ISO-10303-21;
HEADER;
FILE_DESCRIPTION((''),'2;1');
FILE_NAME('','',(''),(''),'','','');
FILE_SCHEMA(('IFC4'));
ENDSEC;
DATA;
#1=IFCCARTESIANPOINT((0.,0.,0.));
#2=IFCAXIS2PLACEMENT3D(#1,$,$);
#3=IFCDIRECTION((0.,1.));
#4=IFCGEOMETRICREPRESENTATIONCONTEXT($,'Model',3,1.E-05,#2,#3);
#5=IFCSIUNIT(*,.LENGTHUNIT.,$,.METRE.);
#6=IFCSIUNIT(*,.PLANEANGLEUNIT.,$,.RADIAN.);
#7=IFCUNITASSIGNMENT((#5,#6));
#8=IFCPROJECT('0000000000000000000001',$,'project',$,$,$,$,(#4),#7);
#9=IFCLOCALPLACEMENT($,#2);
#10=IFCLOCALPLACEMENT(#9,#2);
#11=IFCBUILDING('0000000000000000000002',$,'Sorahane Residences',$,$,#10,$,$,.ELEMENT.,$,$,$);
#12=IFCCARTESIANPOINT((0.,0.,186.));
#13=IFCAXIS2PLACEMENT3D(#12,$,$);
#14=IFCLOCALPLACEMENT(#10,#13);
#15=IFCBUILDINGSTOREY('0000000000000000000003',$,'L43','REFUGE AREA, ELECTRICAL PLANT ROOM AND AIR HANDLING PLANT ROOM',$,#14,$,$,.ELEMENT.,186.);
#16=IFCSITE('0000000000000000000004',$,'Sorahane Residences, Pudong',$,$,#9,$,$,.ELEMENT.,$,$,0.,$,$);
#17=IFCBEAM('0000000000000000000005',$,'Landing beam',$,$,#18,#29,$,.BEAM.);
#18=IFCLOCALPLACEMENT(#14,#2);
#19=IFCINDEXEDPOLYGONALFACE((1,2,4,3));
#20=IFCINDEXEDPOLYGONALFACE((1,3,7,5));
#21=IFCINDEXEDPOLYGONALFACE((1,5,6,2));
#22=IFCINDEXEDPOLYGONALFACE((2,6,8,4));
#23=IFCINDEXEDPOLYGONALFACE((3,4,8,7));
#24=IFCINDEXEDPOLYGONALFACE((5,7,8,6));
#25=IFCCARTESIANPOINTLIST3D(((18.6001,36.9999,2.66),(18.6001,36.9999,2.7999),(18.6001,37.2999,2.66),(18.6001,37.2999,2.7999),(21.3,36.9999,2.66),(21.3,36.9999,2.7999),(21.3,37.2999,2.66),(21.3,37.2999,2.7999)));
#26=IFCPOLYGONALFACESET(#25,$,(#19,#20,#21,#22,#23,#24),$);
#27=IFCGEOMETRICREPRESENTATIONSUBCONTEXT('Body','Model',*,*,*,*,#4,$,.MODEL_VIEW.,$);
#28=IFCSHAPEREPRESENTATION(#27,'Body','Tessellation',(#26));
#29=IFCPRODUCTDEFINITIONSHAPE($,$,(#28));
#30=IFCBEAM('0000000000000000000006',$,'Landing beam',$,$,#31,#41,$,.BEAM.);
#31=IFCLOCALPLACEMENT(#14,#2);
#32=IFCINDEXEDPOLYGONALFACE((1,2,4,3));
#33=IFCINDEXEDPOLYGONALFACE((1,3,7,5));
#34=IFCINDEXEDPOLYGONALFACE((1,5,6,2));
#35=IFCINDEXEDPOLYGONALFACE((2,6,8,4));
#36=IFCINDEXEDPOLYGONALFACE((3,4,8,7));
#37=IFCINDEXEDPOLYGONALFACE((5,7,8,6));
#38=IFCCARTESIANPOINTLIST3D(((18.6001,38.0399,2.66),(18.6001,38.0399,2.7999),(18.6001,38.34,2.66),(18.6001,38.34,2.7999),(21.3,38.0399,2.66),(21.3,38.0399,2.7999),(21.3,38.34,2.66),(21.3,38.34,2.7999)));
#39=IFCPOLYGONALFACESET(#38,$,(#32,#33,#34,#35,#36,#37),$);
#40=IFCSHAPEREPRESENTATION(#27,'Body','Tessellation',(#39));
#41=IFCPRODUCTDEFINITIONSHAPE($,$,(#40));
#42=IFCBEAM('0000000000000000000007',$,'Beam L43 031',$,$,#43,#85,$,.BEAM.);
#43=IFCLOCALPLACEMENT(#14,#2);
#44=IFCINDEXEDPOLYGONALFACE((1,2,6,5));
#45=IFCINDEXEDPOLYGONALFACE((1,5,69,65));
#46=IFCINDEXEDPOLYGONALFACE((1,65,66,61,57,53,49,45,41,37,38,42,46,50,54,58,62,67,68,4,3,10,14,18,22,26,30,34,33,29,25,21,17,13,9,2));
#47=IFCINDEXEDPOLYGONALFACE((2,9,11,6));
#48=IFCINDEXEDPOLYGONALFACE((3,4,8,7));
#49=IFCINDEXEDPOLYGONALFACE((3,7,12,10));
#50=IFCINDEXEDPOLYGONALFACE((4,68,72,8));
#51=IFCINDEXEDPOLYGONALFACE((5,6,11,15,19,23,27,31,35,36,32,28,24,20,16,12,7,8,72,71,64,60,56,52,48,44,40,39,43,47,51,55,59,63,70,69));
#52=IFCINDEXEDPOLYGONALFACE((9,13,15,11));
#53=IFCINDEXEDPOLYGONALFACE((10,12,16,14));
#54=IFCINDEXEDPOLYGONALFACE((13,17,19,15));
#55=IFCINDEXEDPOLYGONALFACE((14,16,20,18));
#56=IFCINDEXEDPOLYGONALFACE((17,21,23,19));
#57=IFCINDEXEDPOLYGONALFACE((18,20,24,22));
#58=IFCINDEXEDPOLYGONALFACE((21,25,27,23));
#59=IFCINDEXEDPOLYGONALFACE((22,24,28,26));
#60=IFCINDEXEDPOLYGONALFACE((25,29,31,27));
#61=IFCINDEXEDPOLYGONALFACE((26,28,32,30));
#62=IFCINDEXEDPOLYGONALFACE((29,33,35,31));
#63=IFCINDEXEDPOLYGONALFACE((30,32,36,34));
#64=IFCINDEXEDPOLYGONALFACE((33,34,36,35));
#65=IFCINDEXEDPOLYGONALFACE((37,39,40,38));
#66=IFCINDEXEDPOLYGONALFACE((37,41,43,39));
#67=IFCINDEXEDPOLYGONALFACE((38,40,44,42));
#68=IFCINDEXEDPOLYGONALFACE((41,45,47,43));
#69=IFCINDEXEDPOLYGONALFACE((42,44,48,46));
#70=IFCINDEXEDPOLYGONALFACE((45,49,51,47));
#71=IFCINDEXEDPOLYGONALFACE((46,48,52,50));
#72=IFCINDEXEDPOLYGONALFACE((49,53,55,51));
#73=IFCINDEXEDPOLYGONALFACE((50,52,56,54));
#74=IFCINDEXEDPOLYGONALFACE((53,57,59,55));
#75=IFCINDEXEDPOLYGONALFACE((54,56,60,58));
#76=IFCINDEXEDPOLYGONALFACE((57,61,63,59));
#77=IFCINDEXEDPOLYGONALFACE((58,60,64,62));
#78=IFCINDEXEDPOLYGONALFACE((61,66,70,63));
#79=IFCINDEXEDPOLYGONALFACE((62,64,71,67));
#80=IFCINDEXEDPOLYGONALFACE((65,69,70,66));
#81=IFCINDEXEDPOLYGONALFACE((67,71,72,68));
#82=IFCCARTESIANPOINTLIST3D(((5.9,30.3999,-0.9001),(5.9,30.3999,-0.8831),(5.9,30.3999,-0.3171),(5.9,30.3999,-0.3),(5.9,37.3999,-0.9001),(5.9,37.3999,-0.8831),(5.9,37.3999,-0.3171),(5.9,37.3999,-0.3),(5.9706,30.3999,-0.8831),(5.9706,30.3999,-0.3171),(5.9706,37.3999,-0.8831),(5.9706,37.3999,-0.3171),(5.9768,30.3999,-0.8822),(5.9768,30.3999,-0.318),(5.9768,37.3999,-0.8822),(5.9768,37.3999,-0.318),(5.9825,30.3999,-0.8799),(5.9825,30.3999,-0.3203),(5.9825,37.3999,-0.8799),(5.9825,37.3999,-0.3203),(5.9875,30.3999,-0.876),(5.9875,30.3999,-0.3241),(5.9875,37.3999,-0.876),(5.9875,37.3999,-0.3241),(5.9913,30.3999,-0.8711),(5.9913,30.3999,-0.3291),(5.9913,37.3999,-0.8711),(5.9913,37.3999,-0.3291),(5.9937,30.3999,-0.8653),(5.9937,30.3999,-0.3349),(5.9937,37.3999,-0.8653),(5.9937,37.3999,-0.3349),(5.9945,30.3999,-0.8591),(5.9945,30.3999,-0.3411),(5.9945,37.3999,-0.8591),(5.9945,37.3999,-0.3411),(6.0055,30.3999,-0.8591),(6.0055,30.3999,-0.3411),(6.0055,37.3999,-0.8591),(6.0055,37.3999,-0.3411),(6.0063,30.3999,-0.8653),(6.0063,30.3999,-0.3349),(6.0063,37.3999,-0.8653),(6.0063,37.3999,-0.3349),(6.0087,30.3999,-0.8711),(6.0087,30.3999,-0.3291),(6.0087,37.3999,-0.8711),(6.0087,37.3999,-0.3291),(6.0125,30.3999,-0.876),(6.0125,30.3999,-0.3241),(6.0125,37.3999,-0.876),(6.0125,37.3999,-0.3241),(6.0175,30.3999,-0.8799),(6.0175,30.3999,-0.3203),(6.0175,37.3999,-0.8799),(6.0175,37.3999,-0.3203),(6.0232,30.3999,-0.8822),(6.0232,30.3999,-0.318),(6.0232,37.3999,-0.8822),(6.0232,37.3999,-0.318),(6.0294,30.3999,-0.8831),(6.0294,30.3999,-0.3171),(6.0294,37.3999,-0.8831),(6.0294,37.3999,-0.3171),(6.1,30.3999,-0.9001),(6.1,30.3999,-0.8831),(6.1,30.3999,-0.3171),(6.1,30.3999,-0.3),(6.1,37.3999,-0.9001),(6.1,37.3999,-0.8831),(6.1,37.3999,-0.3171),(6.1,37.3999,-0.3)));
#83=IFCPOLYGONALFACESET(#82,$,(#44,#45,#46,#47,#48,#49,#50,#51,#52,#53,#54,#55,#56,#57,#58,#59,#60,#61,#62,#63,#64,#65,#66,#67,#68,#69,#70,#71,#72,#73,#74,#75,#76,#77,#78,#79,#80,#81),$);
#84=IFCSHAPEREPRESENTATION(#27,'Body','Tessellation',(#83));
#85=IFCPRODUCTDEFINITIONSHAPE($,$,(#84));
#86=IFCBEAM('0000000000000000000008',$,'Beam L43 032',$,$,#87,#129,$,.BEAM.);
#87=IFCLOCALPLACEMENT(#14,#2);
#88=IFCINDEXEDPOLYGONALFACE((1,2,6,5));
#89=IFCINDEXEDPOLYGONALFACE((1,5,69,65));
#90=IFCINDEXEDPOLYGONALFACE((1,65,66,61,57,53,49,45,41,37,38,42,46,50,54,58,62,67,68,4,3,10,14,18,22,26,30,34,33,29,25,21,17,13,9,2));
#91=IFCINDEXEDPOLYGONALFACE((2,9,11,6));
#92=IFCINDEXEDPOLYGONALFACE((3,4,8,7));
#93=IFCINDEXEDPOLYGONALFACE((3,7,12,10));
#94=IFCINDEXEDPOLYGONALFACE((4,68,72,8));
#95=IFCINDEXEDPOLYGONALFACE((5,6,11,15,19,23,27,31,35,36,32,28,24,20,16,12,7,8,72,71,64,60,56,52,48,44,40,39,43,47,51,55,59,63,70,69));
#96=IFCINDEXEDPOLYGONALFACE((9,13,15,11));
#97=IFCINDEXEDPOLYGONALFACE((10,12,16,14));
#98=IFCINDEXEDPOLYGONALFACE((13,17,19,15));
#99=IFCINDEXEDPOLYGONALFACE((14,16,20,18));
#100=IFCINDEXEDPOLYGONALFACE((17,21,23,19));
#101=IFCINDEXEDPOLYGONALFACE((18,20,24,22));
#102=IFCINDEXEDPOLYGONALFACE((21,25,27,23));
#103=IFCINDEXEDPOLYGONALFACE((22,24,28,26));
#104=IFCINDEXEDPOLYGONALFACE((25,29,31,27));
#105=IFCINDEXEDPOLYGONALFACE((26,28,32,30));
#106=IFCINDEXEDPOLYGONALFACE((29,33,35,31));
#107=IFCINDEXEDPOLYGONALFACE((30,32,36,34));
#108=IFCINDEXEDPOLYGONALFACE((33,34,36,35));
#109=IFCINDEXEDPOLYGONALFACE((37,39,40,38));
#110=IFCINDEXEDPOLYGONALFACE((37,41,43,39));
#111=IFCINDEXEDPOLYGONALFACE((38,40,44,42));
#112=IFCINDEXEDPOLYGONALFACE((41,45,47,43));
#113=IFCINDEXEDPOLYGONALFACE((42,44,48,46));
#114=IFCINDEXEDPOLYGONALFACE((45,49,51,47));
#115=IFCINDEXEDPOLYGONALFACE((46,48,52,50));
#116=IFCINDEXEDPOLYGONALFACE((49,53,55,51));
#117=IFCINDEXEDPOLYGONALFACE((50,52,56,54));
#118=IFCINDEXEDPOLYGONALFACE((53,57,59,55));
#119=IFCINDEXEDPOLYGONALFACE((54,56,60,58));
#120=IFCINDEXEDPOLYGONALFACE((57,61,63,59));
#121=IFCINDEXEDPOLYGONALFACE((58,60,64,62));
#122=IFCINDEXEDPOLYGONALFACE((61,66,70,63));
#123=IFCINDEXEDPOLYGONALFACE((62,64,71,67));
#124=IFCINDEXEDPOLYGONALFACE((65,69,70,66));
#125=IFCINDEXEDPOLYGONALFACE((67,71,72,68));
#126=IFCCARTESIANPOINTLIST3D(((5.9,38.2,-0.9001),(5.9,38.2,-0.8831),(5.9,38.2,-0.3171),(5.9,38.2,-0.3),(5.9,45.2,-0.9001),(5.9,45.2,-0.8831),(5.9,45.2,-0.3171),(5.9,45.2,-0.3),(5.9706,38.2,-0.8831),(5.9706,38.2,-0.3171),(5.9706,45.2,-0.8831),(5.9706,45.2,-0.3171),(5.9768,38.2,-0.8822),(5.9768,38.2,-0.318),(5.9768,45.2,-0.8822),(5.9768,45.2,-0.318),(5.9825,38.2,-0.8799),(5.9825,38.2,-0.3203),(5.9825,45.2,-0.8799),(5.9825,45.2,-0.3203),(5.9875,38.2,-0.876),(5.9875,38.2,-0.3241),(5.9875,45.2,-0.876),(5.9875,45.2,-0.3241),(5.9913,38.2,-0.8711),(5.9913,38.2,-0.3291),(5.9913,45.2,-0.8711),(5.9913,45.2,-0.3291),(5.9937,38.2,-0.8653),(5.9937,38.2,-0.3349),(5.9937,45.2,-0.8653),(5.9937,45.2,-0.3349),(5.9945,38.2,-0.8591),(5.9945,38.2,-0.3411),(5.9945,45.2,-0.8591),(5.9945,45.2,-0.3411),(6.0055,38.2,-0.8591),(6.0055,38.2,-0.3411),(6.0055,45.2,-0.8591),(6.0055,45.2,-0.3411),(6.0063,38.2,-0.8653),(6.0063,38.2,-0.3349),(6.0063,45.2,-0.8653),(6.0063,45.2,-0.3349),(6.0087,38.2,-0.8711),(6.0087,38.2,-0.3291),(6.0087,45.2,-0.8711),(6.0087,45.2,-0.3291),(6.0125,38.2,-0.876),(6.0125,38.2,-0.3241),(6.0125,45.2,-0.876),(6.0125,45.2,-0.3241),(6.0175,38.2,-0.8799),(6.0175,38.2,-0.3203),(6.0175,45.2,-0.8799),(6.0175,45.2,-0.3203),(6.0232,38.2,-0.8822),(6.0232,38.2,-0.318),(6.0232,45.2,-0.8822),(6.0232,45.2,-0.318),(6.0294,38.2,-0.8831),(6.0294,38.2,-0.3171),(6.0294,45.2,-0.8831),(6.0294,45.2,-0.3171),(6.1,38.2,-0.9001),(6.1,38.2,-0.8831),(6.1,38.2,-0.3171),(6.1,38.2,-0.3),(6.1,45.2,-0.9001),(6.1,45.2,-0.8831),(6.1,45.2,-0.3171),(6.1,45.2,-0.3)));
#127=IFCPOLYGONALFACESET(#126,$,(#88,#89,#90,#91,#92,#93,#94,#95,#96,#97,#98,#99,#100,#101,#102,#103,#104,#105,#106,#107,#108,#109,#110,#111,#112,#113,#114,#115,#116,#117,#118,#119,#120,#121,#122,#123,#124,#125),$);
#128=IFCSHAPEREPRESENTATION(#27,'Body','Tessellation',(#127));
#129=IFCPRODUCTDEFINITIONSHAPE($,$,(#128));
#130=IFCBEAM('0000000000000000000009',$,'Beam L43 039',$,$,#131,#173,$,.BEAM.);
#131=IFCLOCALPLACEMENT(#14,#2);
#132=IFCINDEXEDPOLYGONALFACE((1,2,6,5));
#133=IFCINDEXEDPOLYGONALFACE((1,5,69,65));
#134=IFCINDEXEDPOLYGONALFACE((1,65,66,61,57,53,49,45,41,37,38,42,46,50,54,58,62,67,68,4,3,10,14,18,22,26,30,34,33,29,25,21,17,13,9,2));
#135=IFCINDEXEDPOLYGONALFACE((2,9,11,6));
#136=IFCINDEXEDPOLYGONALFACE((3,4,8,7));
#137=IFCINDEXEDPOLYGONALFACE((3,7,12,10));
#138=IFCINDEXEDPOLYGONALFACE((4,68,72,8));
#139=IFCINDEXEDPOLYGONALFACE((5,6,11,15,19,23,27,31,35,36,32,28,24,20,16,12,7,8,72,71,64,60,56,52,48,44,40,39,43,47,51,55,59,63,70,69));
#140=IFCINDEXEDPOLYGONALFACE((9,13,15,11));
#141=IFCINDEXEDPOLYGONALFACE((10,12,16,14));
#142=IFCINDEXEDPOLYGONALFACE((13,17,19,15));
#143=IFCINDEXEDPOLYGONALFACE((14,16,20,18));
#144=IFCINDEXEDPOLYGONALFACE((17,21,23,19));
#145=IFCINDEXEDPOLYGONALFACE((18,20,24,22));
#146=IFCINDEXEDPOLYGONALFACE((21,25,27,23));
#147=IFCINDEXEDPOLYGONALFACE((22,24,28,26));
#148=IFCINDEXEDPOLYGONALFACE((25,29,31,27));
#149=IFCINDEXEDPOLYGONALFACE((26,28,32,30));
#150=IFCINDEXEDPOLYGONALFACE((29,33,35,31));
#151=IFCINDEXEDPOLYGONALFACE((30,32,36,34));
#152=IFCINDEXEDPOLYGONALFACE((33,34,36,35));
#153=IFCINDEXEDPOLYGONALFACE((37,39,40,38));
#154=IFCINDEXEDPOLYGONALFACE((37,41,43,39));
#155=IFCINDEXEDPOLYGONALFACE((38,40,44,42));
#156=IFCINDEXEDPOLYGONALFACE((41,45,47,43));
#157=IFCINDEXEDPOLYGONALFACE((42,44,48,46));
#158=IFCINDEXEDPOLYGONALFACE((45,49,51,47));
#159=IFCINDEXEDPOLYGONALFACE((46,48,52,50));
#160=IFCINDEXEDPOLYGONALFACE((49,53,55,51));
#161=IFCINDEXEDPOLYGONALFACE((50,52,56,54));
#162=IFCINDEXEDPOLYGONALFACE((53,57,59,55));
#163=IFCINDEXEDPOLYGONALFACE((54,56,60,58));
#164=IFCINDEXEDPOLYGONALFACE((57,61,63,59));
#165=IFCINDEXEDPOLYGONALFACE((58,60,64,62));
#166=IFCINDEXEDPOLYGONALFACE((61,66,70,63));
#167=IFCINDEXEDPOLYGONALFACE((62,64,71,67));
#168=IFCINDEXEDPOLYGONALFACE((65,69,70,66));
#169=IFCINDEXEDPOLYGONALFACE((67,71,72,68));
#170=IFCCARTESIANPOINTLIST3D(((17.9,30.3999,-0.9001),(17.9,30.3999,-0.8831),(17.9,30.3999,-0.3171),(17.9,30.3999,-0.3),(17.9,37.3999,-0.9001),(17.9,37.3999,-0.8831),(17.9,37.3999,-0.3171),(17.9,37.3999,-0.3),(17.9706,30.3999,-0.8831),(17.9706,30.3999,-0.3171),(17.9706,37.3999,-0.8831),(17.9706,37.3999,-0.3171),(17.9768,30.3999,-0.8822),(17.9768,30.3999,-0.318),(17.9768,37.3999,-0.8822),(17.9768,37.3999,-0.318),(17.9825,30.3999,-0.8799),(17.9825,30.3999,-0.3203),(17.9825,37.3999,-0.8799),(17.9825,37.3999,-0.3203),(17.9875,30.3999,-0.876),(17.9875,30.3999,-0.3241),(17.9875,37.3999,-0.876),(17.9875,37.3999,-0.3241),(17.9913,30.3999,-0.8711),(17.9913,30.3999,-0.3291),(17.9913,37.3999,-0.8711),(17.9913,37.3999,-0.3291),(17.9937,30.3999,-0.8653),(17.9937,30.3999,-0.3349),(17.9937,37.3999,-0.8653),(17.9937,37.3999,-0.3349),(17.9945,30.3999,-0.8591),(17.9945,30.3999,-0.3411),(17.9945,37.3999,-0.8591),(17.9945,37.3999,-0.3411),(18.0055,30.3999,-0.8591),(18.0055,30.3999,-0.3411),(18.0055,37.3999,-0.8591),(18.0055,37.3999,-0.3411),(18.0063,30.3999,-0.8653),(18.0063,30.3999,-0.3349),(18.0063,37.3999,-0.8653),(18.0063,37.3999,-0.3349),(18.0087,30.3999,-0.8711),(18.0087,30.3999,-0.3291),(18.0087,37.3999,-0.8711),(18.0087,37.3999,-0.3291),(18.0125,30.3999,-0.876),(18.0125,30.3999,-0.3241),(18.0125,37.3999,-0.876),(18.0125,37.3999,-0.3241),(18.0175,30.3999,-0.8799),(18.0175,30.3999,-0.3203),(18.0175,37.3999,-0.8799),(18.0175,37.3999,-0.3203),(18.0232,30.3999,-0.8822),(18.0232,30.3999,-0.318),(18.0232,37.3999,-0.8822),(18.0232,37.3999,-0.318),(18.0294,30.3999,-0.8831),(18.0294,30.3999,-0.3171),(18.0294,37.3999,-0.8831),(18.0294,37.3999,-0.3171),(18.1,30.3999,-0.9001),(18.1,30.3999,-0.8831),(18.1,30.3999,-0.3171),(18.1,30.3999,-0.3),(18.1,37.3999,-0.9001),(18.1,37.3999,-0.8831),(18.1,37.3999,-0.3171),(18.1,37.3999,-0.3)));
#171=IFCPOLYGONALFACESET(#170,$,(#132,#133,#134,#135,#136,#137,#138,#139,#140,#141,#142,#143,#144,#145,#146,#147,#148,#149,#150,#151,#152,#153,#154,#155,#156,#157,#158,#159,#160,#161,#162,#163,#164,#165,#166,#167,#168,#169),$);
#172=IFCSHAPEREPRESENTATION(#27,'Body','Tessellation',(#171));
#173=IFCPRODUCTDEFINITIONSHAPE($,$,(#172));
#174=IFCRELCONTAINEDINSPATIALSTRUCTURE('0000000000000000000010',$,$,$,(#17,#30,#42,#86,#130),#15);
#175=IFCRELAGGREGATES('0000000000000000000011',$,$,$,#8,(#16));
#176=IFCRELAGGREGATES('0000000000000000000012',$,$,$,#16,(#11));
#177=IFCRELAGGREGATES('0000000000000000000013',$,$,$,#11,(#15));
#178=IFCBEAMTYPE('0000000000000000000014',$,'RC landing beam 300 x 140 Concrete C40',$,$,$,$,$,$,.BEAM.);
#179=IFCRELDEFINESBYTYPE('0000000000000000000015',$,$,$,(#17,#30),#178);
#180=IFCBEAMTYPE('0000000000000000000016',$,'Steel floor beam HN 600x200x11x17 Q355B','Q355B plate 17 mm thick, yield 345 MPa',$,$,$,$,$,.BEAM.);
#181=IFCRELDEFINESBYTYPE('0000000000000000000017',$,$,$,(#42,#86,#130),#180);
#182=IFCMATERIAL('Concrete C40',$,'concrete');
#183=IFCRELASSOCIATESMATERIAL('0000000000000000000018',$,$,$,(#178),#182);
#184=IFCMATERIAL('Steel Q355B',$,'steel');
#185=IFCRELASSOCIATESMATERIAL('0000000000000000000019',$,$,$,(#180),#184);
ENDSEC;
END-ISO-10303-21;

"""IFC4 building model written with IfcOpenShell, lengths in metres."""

from ifc_helpers import new_model, si_unit, direction, frame, origin, origin_2d, place, context, subcontext, project, spatial, rectangle, i_section, extrude, material, material_profile, profile_set, type_object, element, save


model = new_model("IFC4")

# Units and contexts
model_context = context("Model", 3, precision=1e-05, world=origin(), true_north=direction((0.0, 1.0)))
body_context = subcontext(model_context, "Body", "Model", "MODEL_VIEW")
ifc_project = project(units=[si_unit("LENGTHUNIT", "METRE"), si_unit("PLANEANGLEUNIT", "RADIAN")], contexts=[model_context])

# Site, building, storey
site_placement = place(None, origin())
site = spatial("IfcSite", under=ifc_project, at=site_placement, Name="Sorahane Residences, Pudong", CompositionType="ELEMENT", RefElevation=0.0)
building_placement = place(site_placement, origin())
building = spatial("IfcBuilding", under=site, at=building_placement, Name="Sorahane Residences", CompositionType="ELEMENT")
storey_placement = place(building_placement, frame((0.0, 0.0, 186.0)))
storey = spatial("IfcBuildingStorey", under=building, at=storey_placement, Name="L43", Description="REFUGE AREA, ELECTRICAL PLANT ROOM AND AIR HANDLING PLANT ROOM", CompositionType="ELEMENT", Elevation=186.0)

# Beams
ifc_material_1 = material(Name="Concrete C40", Category="concrete")
ifc_material_profile_1 = material_profile(ifc_material_1, rectangle(XDim=0.3, YDim=0.1399, at=origin_2d()), Name="300x140")
ifc_profile_set_1 = profile_set([ifc_material_profile_1], Name="Concrete C40")
beam_type_1 = type_object("IfcBeamType", Name="RC landing beam 300 x 140 Concrete C40", PredefinedType="BEAM", material=ifc_profile_set_1)
for number, where, z_axis, x_axis, name in (
    (1, (18.6001, 37.1499, 2.73), (1.0, 0.0, 0.0), (0.0, 1.0, 0.0), "Landing beam"),
    (2, (18.6001, 38.1899, 2.73), (1.0, 0.0, 0.0), (0.0, 1.0, 0.0), "Landing beam"),
):
    element("IfcBeam", number, at=place(storey_placement, frame(where, z_axis=z_axis, x_axis=x_axis)), inside=storey, type_object=beam_type_1, Name=name, PredefinedType="BEAM", context=body_context, shape_type="SweptSolid", body=[
        extrude(rectangle(XDim=0.3, YDim=0.1399, at=origin_2d()), origin(), (0.0, 0.0, 1.0), 2.7),
    ])
ifc_material_2 = material(Name="Steel Q355B", Category="steel")
ifc_material_profile_2 = material_profile(ifc_material_2, i_section(OverallWidth=0.2, OverallDepth=0.6001, WebThickness=0.011, FlangeThickness=0.0171, FilletRadius=0.0239, at=origin_2d()), Name="HN 600x200x11x17")
ifc_profile_set_2 = profile_set([ifc_material_profile_2], Name="Steel Q355B")
beam_type_2 = type_object("IfcBeamType", Name="Steel floor beam HN 600x200x11x17 Q355B", Description="Q355B plate 17 mm thick, yield 345 MPa", PredefinedType="BEAM", material=ifc_profile_set_2)
for number, where, z_axis, x_axis, name in (
    (3, (6.0, 30.3999, -0.6001), (0.0, 1.0, 0.0), (-1.0, 0.0, 0.0), "Beam L43 031"),
    (4, (6.0, 38.2, -0.6001), (0.0, 1.0, 0.0), (-1.0, 0.0, 0.0), "Beam L43 032"),
    (5, (18.0, 30.3999, -0.6001), (0.0, 1.0, 0.0), (-1.0, 0.0, 0.0), "Beam L43 039"),
):
    element("IfcBeam", number, at=place(storey_placement, frame(where, z_axis=z_axis, x_axis=x_axis)), inside=storey, type_object=beam_type_2, Name=name, PredefinedType="BEAM", context=body_context, shape_type="SweptSolid", body=[
        extrude(i_section(OverallWidth=0.2, OverallDepth=0.6001, WebThickness=0.011, FlangeThickness=0.0171, FilletRadius=0.0239, at=origin_2d()), origin(), (0.0, 0.0, 1.0), 7.0),
    ])

save(model, "model.ifc")
